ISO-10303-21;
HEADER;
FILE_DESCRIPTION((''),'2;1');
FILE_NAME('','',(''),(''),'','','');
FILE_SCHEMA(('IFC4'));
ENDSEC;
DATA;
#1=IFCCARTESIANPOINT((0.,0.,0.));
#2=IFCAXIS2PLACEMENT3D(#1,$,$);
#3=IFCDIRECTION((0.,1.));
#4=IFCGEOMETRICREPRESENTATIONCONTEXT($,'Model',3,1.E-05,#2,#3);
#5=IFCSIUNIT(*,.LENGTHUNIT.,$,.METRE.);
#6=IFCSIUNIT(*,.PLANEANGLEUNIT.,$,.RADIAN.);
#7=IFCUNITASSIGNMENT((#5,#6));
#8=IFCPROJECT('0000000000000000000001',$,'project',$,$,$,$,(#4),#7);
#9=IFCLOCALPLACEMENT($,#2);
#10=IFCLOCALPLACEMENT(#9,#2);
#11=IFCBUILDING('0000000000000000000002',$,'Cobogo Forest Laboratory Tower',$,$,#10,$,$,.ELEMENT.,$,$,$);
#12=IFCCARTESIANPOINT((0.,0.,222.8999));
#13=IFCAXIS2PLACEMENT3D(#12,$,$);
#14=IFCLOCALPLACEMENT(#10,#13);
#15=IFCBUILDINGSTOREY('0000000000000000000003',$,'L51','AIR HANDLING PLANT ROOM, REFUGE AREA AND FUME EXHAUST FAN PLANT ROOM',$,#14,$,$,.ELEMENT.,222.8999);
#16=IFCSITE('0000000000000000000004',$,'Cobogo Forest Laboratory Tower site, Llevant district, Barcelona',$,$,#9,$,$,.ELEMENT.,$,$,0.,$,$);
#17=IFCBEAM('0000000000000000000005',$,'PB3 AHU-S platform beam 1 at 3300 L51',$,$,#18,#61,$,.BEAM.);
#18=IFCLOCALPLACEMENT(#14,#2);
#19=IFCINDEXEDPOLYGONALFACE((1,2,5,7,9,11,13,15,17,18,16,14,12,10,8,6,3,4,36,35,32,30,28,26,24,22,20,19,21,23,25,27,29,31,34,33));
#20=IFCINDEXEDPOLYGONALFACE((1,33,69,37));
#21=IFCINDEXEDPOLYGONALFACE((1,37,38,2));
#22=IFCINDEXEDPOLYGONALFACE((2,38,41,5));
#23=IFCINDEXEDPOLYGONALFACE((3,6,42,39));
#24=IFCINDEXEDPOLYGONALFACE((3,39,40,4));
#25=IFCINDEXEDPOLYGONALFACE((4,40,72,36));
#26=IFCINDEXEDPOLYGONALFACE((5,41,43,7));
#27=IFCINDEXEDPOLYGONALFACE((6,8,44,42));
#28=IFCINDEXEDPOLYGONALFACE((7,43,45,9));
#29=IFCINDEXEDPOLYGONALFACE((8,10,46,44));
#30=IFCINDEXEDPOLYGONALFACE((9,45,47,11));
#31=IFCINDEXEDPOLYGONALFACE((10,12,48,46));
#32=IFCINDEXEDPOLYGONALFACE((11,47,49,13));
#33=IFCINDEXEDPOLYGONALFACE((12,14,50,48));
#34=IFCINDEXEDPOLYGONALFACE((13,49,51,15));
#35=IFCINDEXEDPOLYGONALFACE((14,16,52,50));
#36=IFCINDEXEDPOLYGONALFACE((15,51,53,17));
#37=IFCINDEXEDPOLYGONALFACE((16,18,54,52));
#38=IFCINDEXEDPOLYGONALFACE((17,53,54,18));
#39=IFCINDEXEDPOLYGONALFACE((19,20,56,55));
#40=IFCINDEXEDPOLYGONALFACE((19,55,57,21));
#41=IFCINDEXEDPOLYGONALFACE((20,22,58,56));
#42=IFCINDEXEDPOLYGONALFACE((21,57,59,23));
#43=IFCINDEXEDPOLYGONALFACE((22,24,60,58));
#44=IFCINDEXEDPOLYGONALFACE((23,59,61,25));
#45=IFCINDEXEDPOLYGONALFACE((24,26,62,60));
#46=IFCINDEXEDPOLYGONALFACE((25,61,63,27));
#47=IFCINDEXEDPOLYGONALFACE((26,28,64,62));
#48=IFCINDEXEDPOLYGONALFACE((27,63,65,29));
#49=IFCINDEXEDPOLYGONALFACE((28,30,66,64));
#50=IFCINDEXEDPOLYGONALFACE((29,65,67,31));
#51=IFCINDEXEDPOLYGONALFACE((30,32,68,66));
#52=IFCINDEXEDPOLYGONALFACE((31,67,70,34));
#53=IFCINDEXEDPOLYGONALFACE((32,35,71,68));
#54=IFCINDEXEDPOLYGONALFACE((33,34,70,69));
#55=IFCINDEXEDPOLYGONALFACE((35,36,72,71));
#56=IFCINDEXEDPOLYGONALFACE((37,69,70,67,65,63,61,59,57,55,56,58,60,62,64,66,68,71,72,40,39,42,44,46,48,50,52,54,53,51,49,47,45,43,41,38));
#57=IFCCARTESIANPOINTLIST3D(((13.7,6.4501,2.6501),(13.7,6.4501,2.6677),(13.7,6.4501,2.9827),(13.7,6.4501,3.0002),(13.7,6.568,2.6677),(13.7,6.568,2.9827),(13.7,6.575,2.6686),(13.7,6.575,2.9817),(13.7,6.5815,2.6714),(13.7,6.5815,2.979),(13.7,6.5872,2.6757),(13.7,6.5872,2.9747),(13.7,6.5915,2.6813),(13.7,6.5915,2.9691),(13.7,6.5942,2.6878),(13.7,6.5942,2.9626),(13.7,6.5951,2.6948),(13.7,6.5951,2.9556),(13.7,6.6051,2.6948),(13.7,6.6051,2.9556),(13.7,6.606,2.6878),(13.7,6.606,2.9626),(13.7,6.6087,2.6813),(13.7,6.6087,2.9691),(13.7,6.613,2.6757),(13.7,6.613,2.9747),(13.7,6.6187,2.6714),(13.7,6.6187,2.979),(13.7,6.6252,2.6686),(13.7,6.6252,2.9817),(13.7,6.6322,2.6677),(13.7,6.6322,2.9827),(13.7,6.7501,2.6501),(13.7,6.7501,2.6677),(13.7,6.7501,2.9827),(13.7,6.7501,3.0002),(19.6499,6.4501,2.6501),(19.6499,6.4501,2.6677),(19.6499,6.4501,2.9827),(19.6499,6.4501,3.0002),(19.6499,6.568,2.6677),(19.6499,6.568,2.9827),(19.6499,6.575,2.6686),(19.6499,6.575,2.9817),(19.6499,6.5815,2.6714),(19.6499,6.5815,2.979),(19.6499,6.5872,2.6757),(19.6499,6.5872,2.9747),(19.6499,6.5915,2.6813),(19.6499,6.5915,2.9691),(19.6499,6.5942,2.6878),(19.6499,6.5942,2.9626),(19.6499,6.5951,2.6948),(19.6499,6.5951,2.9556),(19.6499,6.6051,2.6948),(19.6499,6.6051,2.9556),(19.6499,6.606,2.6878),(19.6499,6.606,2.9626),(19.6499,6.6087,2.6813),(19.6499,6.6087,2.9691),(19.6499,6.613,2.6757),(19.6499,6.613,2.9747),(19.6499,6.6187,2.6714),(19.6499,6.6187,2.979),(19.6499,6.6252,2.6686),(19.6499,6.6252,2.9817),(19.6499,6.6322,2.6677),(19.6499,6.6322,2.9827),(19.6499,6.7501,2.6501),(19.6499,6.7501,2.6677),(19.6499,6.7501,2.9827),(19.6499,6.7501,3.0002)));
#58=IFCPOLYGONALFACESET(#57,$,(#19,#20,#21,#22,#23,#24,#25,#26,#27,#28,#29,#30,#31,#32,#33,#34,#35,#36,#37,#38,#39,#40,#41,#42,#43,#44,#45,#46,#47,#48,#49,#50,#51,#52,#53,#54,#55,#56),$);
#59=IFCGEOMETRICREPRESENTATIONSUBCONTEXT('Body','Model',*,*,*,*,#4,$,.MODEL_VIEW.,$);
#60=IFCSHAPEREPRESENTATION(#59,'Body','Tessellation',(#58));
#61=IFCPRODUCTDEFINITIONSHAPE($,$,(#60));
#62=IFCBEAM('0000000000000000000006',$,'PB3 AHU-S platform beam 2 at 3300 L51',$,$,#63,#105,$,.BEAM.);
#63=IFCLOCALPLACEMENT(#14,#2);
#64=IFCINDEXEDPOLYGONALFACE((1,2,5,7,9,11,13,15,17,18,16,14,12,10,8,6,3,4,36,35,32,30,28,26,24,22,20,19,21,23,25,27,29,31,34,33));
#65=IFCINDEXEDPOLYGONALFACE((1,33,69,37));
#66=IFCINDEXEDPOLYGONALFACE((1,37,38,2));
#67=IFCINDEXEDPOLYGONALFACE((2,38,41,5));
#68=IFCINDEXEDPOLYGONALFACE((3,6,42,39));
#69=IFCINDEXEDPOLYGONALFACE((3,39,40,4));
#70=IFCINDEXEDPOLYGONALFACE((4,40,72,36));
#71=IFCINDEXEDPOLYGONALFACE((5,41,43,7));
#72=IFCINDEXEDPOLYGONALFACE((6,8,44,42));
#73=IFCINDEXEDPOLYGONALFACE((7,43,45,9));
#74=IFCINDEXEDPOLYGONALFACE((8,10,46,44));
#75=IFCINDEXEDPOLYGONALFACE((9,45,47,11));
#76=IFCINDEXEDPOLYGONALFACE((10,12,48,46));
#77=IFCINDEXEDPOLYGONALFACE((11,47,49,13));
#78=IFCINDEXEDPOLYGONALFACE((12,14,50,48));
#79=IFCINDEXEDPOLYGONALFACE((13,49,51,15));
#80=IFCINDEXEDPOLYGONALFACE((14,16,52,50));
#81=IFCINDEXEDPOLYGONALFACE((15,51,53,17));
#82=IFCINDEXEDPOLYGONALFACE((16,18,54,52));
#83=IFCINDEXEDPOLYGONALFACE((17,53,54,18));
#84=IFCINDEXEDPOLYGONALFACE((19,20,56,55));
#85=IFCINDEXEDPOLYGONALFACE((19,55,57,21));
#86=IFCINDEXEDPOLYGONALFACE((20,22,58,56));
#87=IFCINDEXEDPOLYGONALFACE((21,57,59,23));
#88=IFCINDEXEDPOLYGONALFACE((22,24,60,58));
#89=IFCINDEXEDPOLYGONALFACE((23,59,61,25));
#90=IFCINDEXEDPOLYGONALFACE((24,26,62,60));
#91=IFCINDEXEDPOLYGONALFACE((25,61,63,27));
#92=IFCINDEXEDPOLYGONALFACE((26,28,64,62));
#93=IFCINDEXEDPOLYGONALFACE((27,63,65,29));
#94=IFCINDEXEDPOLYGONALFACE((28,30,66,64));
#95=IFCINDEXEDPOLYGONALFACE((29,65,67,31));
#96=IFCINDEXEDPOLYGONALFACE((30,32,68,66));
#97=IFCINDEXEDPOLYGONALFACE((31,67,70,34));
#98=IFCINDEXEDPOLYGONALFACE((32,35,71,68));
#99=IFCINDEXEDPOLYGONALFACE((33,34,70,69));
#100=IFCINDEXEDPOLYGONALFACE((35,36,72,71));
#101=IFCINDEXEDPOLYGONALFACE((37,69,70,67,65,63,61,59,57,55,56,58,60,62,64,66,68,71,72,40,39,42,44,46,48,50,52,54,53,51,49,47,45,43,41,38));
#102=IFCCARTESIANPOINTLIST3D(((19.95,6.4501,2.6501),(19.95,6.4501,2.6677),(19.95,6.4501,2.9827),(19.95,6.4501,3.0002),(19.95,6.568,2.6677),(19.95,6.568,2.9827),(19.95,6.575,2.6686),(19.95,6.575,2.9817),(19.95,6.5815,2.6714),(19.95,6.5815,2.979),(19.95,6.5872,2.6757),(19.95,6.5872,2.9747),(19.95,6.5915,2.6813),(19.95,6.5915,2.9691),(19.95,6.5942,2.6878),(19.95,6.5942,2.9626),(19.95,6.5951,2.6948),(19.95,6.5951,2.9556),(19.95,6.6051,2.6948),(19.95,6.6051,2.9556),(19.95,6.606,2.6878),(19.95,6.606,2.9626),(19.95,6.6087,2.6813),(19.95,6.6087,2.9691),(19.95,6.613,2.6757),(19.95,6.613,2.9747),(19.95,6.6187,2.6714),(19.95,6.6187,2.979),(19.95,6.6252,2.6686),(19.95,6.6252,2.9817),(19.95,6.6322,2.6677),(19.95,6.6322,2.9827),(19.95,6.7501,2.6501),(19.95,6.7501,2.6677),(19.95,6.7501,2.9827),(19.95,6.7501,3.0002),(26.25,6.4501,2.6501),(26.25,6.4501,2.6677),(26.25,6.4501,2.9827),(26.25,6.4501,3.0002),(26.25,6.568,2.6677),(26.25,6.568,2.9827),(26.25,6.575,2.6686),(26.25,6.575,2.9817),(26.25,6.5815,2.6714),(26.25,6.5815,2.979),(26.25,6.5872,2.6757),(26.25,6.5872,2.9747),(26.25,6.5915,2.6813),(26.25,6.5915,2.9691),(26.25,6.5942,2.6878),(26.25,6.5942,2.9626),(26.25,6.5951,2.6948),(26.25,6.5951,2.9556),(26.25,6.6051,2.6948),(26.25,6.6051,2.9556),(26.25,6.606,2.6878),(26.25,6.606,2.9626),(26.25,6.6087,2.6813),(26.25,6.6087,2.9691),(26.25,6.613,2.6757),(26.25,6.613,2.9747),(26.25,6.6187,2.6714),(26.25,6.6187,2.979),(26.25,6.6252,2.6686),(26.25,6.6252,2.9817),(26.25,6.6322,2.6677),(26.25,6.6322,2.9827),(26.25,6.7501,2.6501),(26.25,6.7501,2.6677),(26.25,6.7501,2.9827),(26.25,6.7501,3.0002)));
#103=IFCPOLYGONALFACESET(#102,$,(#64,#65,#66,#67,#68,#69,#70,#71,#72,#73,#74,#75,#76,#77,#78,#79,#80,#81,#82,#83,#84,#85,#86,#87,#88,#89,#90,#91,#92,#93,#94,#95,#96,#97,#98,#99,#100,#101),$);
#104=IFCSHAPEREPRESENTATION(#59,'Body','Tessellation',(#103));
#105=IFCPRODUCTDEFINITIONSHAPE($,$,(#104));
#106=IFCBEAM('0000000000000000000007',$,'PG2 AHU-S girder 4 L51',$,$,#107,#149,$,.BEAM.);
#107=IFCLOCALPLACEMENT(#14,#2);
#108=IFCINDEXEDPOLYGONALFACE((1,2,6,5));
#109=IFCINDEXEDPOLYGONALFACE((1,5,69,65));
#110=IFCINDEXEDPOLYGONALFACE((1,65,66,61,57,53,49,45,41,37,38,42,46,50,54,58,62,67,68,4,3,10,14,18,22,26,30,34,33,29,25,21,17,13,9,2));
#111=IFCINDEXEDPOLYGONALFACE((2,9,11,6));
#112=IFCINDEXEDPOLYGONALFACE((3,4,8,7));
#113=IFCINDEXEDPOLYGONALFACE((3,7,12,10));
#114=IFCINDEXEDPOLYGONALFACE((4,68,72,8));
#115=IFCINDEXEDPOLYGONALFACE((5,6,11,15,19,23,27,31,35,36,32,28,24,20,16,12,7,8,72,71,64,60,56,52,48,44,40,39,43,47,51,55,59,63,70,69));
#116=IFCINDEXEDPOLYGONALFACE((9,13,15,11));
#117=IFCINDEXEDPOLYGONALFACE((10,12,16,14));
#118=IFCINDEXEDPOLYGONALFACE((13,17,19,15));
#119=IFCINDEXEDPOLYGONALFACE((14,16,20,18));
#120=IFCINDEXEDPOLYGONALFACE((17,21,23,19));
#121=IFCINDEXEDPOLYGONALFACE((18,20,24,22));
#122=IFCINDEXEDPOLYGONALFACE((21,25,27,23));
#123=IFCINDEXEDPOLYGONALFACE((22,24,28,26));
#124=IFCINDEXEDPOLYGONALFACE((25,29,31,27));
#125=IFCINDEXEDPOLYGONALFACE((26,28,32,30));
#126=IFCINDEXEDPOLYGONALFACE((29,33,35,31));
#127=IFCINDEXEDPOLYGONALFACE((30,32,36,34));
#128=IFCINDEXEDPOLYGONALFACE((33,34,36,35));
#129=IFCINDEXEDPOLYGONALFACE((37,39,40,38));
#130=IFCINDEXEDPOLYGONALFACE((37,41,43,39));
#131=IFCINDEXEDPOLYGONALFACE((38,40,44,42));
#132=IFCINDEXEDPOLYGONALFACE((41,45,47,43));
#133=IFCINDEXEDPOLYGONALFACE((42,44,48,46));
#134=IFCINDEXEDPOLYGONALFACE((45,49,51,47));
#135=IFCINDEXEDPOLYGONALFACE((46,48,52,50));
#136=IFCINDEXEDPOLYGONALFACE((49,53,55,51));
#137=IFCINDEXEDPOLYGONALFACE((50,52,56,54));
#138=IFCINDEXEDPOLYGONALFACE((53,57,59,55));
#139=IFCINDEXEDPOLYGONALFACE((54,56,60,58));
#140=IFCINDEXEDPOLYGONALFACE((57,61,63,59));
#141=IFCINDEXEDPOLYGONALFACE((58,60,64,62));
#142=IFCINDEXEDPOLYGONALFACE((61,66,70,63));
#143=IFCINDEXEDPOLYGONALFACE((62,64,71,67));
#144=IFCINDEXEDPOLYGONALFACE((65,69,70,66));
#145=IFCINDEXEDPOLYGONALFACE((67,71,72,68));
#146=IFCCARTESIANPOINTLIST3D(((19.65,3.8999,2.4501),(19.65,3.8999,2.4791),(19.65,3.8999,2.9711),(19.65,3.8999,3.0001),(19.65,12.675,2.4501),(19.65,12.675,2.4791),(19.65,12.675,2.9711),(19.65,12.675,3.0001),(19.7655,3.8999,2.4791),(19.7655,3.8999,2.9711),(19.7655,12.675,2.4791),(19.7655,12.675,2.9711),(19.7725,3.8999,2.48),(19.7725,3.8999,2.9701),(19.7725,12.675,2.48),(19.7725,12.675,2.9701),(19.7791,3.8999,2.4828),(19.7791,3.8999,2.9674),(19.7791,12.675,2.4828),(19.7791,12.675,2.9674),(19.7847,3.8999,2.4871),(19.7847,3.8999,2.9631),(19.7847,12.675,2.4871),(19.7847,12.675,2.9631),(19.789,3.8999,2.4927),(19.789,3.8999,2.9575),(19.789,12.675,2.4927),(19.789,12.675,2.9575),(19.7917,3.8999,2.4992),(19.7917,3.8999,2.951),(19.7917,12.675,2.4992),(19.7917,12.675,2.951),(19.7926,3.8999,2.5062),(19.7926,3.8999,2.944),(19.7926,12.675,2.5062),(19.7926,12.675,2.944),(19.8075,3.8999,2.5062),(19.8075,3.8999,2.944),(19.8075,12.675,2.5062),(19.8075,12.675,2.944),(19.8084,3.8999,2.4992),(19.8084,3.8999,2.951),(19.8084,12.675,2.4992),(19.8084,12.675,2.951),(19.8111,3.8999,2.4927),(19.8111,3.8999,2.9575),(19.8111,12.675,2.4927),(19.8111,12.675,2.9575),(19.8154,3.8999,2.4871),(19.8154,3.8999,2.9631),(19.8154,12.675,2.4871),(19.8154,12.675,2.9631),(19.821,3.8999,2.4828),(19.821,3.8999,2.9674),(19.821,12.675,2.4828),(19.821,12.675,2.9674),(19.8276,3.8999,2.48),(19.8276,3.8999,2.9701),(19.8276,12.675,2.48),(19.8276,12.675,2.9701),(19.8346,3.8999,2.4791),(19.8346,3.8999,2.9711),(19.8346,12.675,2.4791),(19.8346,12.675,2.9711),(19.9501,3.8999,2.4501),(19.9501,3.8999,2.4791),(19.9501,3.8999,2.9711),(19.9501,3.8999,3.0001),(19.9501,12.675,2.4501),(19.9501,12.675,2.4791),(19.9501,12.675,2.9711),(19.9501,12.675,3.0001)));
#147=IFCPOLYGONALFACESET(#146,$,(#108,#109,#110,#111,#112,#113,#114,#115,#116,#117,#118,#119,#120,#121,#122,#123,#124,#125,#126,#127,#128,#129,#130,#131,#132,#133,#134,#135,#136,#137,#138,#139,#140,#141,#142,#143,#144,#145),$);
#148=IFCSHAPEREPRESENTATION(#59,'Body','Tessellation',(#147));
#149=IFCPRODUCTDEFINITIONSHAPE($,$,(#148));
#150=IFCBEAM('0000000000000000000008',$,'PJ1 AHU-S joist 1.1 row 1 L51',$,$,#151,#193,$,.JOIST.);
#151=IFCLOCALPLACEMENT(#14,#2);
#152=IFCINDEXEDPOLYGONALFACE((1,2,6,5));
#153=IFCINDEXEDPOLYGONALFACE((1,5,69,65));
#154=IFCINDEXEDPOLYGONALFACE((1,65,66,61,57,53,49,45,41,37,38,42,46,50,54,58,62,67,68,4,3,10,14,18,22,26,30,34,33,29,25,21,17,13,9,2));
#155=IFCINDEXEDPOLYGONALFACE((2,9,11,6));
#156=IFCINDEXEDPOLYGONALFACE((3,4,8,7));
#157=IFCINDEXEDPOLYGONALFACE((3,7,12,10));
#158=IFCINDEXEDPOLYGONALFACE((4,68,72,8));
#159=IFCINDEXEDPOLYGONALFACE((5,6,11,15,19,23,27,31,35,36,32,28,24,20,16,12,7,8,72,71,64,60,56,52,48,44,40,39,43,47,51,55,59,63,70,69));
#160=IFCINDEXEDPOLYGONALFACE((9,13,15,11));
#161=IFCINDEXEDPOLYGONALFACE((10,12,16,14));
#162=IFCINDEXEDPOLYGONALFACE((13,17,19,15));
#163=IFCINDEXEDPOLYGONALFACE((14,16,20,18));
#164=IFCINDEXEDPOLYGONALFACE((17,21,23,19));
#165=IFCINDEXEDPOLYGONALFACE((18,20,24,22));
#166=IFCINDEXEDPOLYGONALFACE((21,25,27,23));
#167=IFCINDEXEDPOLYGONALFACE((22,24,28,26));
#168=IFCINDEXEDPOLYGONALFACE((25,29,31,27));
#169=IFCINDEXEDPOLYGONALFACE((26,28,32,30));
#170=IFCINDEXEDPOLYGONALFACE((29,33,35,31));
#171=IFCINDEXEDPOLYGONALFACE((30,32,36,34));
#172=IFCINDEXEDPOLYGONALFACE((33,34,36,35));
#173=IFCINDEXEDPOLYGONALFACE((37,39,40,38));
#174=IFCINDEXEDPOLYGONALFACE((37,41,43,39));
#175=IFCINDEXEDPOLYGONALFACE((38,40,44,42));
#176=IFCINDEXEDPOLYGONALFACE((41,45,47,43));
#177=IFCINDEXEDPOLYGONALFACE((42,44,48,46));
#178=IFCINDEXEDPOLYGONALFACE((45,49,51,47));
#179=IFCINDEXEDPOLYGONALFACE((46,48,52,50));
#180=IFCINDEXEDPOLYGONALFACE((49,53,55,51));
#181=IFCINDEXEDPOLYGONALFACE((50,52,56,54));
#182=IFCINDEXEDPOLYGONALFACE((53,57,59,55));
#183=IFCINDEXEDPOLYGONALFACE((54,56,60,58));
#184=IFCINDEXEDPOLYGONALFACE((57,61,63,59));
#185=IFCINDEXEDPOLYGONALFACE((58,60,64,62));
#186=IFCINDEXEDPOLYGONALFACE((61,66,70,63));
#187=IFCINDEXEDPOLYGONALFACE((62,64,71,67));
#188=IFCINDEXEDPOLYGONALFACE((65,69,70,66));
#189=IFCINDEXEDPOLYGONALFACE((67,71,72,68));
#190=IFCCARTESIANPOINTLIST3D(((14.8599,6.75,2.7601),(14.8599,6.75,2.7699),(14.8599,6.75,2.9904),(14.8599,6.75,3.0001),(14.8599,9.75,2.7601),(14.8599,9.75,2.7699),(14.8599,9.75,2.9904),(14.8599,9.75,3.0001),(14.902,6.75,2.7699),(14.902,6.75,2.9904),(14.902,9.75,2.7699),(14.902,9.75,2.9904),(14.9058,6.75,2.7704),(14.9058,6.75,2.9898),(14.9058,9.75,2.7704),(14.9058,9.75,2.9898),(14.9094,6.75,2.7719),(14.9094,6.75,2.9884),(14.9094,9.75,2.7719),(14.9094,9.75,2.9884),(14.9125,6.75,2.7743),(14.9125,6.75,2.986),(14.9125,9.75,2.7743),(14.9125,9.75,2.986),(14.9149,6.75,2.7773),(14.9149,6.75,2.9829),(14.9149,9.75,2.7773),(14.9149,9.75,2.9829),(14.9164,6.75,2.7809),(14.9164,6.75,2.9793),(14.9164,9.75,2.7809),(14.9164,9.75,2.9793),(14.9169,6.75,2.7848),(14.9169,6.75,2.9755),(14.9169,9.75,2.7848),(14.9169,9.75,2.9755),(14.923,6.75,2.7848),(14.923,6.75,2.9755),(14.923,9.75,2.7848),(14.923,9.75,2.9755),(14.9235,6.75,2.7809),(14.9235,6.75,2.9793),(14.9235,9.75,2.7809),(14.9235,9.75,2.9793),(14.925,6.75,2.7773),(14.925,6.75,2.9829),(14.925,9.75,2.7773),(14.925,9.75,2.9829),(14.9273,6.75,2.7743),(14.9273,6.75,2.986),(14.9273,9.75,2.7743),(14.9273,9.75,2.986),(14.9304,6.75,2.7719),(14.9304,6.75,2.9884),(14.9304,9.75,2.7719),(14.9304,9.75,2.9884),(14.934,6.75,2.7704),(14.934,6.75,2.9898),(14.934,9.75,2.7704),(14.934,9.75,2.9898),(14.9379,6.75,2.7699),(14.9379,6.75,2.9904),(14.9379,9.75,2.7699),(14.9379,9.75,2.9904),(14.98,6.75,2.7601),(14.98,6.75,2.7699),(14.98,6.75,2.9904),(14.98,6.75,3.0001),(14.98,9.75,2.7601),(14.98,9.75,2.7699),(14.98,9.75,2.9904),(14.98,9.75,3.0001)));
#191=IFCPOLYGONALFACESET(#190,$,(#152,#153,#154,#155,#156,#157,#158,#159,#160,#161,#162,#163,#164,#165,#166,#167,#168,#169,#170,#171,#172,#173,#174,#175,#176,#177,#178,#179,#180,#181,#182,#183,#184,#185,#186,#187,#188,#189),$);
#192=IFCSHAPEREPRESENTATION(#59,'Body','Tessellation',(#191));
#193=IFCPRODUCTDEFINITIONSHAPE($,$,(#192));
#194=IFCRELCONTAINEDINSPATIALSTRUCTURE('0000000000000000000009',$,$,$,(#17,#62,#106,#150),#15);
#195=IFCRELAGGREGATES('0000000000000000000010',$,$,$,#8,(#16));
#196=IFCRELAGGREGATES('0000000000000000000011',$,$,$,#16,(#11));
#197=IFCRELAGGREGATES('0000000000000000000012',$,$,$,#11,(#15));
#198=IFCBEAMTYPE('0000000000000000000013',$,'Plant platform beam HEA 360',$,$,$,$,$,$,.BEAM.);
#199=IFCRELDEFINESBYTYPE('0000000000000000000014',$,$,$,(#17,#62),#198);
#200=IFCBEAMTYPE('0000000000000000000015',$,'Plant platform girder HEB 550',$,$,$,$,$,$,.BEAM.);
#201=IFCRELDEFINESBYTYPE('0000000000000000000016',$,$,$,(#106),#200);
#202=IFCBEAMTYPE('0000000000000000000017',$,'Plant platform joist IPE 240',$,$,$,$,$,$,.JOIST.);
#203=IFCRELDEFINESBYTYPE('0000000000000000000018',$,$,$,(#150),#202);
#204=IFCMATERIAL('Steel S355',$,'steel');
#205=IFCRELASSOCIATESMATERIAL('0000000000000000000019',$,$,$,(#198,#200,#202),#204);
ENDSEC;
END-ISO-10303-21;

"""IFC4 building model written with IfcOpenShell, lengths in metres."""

from ifc_helpers import new_model, si_unit, direction, frame, origin, origin_2d, place, context, subcontext, project, spatial, i_section, extrude, material, material_profile, profile_set, type_object, element, save


model = new_model("IFC4")

# Units and contexts
model_context = context("Model", 3, precision=1e-05, world=origin(), true_north=direction((0.0, 1.0)))
body_context = subcontext(model_context, "Body", "Model", "MODEL_VIEW")
ifc_project = project(units=[si_unit("LENGTHUNIT", "METRE"), si_unit("PLANEANGLEUNIT", "RADIAN")], contexts=[model_context])

# Site, building, storey
site_placement = place(None, origin())
site = spatial("IfcSite", under=ifc_project, at=site_placement, Name="Cobogo Forest Laboratory Tower site, Llevant district, Barcelona", CompositionType="ELEMENT", RefElevation=0.0)
building_placement = place(site_placement, origin())
building = spatial("IfcBuilding", under=site, at=building_placement, Name="Cobogo Forest Laboratory Tower", CompositionType="ELEMENT")
storey_placement = place(building_placement, frame((0.0, 0.0, 222.8999)))
storey = spatial("IfcBuildingStorey", under=building, at=storey_placement, Name="L51", Description="AIR HANDLING PLANT ROOM, REFUGE AREA AND FUME EXHAUST FAN PLANT ROOM", CompositionType="ELEMENT", Elevation=222.8999)

# Shared definitions
ifc_material_1 = material(Name="Steel S355", Category="steel")

# Beams
ifc_material_profile_1 = material_profile(ifc_material_1, i_section(OverallWidth=0.3, OverallDepth=0.3501, WebThickness=0.01, FlangeThickness=0.0176, FilletRadius=0.0271, at=origin_2d()), Name="HEA 360")
ifc_profile_set_1 = profile_set([ifc_material_profile_1], Name="Steel S355")
beam_type_1 = type_object("IfcBeamType", Name="Plant platform beam HEA 360", PredefinedType="BEAM", material=ifc_profile_set_1)
beam_1_placement = place(storey_placement, frame((13.7, 6.6001, 2.8252), z_axis=(1.0, 0.0, 0.0), x_axis=(0.0, 1.0, 0.0)))
element("IfcBeam", 1, at=beam_1_placement, inside=storey, type_object=beam_type_1, Name="PB3 AHU-S platform beam 1 at 3300 L51", PredefinedType="BEAM", context=body_context, shape_type="SweptSolid", body=[
    extrude(i_section(OverallWidth=0.3, OverallDepth=0.3501, WebThickness=0.01, FlangeThickness=0.0176, FilletRadius=0.0271, at=origin_2d()), origin(), (0.0, 0.0, 1.0), 5.95),
])
beam_2_placement = place(storey_placement, frame((19.95, 6.6001, 2.8252), z_axis=(1.0, 0.0, 0.0), x_axis=(0.0, 1.0, 0.0)))
element("IfcBeam", 2, at=beam_2_placement, inside=storey, type_object=beam_type_1, Name="PB3 AHU-S platform beam 2 at 3300 L51", PredefinedType="BEAM", context=body_context, shape_type="SweptSolid", body=[
    extrude(i_section(OverallWidth=0.3, OverallDepth=0.3501, WebThickness=0.01, FlangeThickness=0.0176, FilletRadius=0.0271, at=origin_2d()), origin(), (0.0, 0.0, 1.0), 6.3),
])
ifc_material_profile_2 = material_profile(ifc_material_1, i_section(OverallWidth=0.3, OverallDepth=0.55, WebThickness=0.0149, FlangeThickness=0.0291, FilletRadius=0.0271, at=origin_2d()), Name="HEB 550")
ifc_profile_set_2 = profile_set([ifc_material_profile_2], Name="Steel S355")
beam_type_2 = type_object("IfcBeamType", Name="Plant platform girder HEB 550", PredefinedType="BEAM", material=ifc_profile_set_2)
beam_3_placement = place(storey_placement, frame((19.8, 3.8999, 2.7251), z_axis=(0.0, 1.0, 0.0), x_axis=(-1.0, 0.0, 0.0)))
element("IfcBeam", 3, at=beam_3_placement, inside=storey, type_object=beam_type_2, Name="PG2 AHU-S girder 4 L51", PredefinedType="BEAM", context=body_context, shape_type="SweptSolid", body=[
    extrude(i_section(OverallWidth=0.3, OverallDepth=0.55, WebThickness=0.0149, FlangeThickness=0.0291, FilletRadius=0.0271, at=origin_2d()), origin(), (0.0, 0.0, 1.0), 8.7751),
])
ifc_material_profile_3 = material_profile(ifc_material_1, i_section(OverallWidth=0.1201, OverallDepth=0.24, WebThickness=0.0061, FlangeThickness=0.0098, FilletRadius=0.0149, at=origin_2d()), Name="IPE 240")
ifc_profile_set_3 = profile_set([ifc_material_profile_3], Name="Steel S355")
beam_type_3 = type_object("IfcBeamType", Name="Plant platform joist IPE 240", PredefinedType="JOIST", material=ifc_profile_set_3)
beam_4_placement = place(storey_placement, frame((14.9199, 6.75, 2.8801), z_axis=(0.0, 1.0, 0.0), x_axis=(-1.0, 0.0, 0.0)))
element("IfcBeam", 4, at=beam_4_placement, inside=storey, type_object=beam_type_3, Name="PJ1 AHU-S joist 1.1 row 1 L51", PredefinedType="JOIST", context=body_context, shape_type="SweptSolid", body=[
    extrude(i_section(OverallWidth=0.1201, OverallDepth=0.24, WebThickness=0.0061, FlangeThickness=0.0098, FilletRadius=0.0149, at=origin_2d()), origin(), (0.0, 0.0, 1.0), 3.0),
])

save(model, "model.ifc")
